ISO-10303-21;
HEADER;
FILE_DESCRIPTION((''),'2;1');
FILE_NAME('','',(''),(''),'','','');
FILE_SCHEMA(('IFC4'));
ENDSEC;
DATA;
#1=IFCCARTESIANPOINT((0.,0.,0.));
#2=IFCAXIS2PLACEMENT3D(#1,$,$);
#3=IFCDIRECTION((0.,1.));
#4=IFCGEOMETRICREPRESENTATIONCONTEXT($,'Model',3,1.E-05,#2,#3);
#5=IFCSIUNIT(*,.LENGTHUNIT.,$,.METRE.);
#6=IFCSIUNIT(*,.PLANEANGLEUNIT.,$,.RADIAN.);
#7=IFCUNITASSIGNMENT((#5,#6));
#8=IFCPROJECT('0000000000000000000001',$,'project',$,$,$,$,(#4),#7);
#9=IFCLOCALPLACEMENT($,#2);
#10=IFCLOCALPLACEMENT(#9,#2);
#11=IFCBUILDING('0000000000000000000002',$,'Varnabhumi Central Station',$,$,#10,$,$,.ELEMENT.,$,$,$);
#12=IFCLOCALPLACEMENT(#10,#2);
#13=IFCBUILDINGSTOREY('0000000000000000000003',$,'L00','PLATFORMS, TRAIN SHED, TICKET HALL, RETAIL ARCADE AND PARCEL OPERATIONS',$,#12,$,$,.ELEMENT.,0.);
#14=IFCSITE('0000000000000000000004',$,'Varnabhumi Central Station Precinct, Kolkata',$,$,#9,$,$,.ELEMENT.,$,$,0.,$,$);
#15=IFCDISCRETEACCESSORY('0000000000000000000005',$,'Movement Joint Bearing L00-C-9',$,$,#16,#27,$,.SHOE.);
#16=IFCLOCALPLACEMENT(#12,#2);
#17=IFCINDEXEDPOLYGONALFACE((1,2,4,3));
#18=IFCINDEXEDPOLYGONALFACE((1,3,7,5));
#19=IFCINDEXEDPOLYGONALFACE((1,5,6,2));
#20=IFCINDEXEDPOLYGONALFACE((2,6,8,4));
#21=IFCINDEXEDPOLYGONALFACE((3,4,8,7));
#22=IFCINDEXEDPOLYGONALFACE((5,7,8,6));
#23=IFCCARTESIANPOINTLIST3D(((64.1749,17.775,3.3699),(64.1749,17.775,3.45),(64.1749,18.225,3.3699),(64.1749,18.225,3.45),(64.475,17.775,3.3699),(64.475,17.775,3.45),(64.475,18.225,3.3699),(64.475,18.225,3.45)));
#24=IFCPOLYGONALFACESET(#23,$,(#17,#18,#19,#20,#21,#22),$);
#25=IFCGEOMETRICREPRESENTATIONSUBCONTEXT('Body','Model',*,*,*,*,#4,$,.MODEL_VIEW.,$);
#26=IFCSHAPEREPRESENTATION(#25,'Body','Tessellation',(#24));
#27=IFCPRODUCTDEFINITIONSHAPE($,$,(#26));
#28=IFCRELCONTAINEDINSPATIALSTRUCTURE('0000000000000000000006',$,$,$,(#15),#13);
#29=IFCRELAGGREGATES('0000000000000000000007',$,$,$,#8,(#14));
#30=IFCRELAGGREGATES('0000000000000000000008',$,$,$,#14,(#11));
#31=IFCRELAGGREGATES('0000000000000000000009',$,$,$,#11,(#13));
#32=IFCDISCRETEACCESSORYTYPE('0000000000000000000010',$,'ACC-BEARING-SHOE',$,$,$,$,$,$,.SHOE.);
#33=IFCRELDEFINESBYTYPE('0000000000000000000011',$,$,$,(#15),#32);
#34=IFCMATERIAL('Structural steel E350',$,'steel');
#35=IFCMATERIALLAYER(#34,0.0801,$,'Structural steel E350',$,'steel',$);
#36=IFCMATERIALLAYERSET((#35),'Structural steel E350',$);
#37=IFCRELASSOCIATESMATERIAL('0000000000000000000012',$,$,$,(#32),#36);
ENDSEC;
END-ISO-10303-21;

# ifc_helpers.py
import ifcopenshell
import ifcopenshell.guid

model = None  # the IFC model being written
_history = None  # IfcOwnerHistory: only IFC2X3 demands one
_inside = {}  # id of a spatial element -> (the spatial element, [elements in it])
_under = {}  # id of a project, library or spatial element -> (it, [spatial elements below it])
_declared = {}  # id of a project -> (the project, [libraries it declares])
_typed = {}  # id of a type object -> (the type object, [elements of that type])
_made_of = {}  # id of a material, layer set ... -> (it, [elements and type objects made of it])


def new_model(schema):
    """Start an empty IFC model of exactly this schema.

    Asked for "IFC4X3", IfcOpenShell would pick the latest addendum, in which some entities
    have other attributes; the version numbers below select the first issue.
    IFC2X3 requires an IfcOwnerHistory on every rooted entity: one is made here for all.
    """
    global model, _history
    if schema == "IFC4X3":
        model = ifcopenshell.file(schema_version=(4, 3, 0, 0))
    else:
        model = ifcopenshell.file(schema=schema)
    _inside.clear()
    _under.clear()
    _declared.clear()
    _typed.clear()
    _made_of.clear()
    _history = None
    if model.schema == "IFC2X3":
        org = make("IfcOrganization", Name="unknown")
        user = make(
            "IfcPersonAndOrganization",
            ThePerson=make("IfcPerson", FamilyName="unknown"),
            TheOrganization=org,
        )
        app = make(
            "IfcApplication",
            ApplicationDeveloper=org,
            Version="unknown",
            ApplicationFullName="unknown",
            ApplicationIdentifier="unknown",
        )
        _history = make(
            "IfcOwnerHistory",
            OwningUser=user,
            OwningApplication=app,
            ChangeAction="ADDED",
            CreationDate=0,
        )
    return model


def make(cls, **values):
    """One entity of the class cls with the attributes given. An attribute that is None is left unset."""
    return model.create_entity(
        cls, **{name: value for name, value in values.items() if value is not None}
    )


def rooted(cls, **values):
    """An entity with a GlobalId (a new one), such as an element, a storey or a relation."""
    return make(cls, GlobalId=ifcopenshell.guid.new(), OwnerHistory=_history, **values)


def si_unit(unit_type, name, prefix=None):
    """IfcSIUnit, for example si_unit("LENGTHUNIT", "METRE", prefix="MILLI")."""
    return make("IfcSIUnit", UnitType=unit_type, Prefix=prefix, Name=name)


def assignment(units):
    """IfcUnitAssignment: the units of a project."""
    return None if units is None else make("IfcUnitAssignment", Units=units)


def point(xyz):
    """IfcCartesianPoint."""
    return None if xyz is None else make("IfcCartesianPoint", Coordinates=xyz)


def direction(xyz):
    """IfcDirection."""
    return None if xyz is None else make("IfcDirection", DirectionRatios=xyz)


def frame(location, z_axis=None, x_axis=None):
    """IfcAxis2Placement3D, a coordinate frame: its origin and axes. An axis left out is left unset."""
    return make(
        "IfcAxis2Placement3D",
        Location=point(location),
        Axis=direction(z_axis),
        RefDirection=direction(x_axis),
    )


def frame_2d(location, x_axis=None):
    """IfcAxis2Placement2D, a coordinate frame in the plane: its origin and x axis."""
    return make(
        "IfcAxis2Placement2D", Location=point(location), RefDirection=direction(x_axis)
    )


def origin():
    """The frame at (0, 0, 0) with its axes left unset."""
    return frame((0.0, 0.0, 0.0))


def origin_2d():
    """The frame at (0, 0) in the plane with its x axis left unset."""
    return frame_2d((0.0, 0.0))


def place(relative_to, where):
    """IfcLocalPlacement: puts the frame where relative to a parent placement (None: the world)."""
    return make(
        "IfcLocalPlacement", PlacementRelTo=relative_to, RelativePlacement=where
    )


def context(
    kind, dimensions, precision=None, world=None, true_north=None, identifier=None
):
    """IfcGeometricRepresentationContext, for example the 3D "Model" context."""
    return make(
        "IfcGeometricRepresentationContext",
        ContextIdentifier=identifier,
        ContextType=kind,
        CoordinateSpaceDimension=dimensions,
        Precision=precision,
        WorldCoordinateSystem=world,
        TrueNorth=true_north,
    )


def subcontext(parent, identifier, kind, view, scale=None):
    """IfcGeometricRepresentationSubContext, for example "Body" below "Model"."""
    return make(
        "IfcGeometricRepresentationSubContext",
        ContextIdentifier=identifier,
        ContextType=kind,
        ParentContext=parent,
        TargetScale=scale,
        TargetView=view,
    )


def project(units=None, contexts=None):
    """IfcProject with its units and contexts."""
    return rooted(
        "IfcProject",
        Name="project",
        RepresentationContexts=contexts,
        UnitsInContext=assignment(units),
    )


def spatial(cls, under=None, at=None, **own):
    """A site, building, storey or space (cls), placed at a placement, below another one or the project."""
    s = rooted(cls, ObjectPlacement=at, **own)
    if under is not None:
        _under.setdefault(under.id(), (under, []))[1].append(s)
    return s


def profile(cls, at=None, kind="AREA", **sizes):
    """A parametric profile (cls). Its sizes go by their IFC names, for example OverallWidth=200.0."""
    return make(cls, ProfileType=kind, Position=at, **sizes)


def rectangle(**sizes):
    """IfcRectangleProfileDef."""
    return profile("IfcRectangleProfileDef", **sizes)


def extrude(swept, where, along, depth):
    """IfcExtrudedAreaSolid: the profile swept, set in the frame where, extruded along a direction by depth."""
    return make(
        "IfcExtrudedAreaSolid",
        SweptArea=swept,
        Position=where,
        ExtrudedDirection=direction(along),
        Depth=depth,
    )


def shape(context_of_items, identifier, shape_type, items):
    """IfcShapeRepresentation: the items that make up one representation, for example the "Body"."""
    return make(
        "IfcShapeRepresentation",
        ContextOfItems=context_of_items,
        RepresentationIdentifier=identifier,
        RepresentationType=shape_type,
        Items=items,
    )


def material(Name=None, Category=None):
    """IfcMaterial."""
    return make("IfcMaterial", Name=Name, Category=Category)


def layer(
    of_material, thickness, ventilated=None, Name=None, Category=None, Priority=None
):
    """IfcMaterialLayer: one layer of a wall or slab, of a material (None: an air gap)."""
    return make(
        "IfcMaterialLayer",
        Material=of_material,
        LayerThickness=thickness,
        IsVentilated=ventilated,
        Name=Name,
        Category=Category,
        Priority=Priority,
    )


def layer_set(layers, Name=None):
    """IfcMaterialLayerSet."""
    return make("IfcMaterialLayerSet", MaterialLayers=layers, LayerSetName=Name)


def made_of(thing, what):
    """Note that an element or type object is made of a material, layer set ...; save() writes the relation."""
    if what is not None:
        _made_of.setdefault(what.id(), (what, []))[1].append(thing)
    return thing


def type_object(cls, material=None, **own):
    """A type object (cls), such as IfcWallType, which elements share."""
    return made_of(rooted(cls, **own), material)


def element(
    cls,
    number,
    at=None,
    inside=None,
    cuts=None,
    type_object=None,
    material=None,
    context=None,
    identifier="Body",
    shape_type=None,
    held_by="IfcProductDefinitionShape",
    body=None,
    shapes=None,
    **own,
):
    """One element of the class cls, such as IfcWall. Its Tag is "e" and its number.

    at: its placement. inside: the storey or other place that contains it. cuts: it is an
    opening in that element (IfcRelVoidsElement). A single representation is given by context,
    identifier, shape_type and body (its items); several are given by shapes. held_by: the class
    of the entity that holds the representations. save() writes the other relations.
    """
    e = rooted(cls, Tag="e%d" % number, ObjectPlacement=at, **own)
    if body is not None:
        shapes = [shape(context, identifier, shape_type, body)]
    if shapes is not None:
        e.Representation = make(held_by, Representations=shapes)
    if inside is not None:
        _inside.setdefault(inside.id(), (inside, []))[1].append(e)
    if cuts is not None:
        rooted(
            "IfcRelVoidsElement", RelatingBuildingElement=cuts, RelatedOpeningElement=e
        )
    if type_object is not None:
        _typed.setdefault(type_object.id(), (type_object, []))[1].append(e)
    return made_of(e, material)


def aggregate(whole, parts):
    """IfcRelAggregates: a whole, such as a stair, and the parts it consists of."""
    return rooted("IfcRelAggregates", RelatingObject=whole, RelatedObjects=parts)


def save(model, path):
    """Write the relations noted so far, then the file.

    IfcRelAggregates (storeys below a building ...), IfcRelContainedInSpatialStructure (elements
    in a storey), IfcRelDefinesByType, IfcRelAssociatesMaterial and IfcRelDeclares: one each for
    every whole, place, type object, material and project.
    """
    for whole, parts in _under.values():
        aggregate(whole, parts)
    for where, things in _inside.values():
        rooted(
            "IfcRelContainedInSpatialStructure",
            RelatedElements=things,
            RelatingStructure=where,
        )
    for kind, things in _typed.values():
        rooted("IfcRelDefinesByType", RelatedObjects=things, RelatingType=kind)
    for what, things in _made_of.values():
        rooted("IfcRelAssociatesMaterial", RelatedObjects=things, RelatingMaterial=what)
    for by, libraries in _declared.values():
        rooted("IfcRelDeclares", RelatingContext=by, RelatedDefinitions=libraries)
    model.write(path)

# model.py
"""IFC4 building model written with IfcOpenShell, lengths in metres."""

from ifc_helpers import new_model, si_unit, direction, frame, origin, origin_2d, place, context, subcontext, project, spatial, rectangle, extrude, material, layer, layer_set, type_object, element, save


model = new_model("IFC4")

# Units and contexts
model_context = context("Model", 3, precision=1e-05, world=origin(), true_north=direction((0.0, 1.0)))
body_context = subcontext(model_context, "Body", "Model", "MODEL_VIEW")
ifc_project = project(units=[si_unit("LENGTHUNIT", "METRE"), si_unit("PLANEANGLEUNIT", "RADIAN")], contexts=[model_context])

# Site, building, storey
site_placement = place(None, origin())
site = spatial("IfcSite", under=ifc_project, at=site_placement, Name="Varnabhumi Central Station Precinct, Kolkata", CompositionType="ELEMENT", RefElevation=0.0)
building_placement = place(site_placement, origin())
building = spatial("IfcBuilding", under=site, at=building_placement, Name="Varnabhumi Central Station", CompositionType="ELEMENT")
storey_placement = place(building_placement, origin())
storey = spatial("IfcBuildingStorey", under=building, at=storey_placement, Name="L00", Description="PLATFORMS, TRAIN SHED, TICKET HALL, RETAIL ARCADE AND PARCEL OPERATIONS", CompositionType="ELEMENT", Elevation=0.0)

# Discrete accessory
ifc_material_1 = material(Name="Structural steel E350", Category="steel")
ifc_layer_1 = layer(ifc_material_1, 0.0801, Name="Structural steel E350", Category="steel")
ifc_layer_set_1 = layer_set([ifc_layer_1], Name="Structural steel E350")
discrete_accessory_type = type_object("IfcDiscreteAccessoryType", Name="ACC-BEARING-SHOE", PredefinedType="SHOE", material=ifc_layer_set_1)
for number, where, z_axis, x_axis, name in (
    (1, (64.325, 18.0, 3.3699), (0.0, 0.0, 1.0), (1.0, 0.0, 0.0), "Movement Joint Bearing L00-C-9"),
):
    element("IfcDiscreteAccessory", number, at=place(storey_placement, frame(where, z_axis=z_axis, x_axis=x_axis)), inside=storey, type_object=discrete_accessory_type, Name=name, PredefinedType="SHOE", context=body_context, shape_type="SweptSolid", body=[
        extrude(rectangle(XDim=0.3, YDim=0.45, at=origin_2d()), origin(), (0.0, 0.0, 1.0), 0.0801),
    ])

save(model, "model.ifc")
